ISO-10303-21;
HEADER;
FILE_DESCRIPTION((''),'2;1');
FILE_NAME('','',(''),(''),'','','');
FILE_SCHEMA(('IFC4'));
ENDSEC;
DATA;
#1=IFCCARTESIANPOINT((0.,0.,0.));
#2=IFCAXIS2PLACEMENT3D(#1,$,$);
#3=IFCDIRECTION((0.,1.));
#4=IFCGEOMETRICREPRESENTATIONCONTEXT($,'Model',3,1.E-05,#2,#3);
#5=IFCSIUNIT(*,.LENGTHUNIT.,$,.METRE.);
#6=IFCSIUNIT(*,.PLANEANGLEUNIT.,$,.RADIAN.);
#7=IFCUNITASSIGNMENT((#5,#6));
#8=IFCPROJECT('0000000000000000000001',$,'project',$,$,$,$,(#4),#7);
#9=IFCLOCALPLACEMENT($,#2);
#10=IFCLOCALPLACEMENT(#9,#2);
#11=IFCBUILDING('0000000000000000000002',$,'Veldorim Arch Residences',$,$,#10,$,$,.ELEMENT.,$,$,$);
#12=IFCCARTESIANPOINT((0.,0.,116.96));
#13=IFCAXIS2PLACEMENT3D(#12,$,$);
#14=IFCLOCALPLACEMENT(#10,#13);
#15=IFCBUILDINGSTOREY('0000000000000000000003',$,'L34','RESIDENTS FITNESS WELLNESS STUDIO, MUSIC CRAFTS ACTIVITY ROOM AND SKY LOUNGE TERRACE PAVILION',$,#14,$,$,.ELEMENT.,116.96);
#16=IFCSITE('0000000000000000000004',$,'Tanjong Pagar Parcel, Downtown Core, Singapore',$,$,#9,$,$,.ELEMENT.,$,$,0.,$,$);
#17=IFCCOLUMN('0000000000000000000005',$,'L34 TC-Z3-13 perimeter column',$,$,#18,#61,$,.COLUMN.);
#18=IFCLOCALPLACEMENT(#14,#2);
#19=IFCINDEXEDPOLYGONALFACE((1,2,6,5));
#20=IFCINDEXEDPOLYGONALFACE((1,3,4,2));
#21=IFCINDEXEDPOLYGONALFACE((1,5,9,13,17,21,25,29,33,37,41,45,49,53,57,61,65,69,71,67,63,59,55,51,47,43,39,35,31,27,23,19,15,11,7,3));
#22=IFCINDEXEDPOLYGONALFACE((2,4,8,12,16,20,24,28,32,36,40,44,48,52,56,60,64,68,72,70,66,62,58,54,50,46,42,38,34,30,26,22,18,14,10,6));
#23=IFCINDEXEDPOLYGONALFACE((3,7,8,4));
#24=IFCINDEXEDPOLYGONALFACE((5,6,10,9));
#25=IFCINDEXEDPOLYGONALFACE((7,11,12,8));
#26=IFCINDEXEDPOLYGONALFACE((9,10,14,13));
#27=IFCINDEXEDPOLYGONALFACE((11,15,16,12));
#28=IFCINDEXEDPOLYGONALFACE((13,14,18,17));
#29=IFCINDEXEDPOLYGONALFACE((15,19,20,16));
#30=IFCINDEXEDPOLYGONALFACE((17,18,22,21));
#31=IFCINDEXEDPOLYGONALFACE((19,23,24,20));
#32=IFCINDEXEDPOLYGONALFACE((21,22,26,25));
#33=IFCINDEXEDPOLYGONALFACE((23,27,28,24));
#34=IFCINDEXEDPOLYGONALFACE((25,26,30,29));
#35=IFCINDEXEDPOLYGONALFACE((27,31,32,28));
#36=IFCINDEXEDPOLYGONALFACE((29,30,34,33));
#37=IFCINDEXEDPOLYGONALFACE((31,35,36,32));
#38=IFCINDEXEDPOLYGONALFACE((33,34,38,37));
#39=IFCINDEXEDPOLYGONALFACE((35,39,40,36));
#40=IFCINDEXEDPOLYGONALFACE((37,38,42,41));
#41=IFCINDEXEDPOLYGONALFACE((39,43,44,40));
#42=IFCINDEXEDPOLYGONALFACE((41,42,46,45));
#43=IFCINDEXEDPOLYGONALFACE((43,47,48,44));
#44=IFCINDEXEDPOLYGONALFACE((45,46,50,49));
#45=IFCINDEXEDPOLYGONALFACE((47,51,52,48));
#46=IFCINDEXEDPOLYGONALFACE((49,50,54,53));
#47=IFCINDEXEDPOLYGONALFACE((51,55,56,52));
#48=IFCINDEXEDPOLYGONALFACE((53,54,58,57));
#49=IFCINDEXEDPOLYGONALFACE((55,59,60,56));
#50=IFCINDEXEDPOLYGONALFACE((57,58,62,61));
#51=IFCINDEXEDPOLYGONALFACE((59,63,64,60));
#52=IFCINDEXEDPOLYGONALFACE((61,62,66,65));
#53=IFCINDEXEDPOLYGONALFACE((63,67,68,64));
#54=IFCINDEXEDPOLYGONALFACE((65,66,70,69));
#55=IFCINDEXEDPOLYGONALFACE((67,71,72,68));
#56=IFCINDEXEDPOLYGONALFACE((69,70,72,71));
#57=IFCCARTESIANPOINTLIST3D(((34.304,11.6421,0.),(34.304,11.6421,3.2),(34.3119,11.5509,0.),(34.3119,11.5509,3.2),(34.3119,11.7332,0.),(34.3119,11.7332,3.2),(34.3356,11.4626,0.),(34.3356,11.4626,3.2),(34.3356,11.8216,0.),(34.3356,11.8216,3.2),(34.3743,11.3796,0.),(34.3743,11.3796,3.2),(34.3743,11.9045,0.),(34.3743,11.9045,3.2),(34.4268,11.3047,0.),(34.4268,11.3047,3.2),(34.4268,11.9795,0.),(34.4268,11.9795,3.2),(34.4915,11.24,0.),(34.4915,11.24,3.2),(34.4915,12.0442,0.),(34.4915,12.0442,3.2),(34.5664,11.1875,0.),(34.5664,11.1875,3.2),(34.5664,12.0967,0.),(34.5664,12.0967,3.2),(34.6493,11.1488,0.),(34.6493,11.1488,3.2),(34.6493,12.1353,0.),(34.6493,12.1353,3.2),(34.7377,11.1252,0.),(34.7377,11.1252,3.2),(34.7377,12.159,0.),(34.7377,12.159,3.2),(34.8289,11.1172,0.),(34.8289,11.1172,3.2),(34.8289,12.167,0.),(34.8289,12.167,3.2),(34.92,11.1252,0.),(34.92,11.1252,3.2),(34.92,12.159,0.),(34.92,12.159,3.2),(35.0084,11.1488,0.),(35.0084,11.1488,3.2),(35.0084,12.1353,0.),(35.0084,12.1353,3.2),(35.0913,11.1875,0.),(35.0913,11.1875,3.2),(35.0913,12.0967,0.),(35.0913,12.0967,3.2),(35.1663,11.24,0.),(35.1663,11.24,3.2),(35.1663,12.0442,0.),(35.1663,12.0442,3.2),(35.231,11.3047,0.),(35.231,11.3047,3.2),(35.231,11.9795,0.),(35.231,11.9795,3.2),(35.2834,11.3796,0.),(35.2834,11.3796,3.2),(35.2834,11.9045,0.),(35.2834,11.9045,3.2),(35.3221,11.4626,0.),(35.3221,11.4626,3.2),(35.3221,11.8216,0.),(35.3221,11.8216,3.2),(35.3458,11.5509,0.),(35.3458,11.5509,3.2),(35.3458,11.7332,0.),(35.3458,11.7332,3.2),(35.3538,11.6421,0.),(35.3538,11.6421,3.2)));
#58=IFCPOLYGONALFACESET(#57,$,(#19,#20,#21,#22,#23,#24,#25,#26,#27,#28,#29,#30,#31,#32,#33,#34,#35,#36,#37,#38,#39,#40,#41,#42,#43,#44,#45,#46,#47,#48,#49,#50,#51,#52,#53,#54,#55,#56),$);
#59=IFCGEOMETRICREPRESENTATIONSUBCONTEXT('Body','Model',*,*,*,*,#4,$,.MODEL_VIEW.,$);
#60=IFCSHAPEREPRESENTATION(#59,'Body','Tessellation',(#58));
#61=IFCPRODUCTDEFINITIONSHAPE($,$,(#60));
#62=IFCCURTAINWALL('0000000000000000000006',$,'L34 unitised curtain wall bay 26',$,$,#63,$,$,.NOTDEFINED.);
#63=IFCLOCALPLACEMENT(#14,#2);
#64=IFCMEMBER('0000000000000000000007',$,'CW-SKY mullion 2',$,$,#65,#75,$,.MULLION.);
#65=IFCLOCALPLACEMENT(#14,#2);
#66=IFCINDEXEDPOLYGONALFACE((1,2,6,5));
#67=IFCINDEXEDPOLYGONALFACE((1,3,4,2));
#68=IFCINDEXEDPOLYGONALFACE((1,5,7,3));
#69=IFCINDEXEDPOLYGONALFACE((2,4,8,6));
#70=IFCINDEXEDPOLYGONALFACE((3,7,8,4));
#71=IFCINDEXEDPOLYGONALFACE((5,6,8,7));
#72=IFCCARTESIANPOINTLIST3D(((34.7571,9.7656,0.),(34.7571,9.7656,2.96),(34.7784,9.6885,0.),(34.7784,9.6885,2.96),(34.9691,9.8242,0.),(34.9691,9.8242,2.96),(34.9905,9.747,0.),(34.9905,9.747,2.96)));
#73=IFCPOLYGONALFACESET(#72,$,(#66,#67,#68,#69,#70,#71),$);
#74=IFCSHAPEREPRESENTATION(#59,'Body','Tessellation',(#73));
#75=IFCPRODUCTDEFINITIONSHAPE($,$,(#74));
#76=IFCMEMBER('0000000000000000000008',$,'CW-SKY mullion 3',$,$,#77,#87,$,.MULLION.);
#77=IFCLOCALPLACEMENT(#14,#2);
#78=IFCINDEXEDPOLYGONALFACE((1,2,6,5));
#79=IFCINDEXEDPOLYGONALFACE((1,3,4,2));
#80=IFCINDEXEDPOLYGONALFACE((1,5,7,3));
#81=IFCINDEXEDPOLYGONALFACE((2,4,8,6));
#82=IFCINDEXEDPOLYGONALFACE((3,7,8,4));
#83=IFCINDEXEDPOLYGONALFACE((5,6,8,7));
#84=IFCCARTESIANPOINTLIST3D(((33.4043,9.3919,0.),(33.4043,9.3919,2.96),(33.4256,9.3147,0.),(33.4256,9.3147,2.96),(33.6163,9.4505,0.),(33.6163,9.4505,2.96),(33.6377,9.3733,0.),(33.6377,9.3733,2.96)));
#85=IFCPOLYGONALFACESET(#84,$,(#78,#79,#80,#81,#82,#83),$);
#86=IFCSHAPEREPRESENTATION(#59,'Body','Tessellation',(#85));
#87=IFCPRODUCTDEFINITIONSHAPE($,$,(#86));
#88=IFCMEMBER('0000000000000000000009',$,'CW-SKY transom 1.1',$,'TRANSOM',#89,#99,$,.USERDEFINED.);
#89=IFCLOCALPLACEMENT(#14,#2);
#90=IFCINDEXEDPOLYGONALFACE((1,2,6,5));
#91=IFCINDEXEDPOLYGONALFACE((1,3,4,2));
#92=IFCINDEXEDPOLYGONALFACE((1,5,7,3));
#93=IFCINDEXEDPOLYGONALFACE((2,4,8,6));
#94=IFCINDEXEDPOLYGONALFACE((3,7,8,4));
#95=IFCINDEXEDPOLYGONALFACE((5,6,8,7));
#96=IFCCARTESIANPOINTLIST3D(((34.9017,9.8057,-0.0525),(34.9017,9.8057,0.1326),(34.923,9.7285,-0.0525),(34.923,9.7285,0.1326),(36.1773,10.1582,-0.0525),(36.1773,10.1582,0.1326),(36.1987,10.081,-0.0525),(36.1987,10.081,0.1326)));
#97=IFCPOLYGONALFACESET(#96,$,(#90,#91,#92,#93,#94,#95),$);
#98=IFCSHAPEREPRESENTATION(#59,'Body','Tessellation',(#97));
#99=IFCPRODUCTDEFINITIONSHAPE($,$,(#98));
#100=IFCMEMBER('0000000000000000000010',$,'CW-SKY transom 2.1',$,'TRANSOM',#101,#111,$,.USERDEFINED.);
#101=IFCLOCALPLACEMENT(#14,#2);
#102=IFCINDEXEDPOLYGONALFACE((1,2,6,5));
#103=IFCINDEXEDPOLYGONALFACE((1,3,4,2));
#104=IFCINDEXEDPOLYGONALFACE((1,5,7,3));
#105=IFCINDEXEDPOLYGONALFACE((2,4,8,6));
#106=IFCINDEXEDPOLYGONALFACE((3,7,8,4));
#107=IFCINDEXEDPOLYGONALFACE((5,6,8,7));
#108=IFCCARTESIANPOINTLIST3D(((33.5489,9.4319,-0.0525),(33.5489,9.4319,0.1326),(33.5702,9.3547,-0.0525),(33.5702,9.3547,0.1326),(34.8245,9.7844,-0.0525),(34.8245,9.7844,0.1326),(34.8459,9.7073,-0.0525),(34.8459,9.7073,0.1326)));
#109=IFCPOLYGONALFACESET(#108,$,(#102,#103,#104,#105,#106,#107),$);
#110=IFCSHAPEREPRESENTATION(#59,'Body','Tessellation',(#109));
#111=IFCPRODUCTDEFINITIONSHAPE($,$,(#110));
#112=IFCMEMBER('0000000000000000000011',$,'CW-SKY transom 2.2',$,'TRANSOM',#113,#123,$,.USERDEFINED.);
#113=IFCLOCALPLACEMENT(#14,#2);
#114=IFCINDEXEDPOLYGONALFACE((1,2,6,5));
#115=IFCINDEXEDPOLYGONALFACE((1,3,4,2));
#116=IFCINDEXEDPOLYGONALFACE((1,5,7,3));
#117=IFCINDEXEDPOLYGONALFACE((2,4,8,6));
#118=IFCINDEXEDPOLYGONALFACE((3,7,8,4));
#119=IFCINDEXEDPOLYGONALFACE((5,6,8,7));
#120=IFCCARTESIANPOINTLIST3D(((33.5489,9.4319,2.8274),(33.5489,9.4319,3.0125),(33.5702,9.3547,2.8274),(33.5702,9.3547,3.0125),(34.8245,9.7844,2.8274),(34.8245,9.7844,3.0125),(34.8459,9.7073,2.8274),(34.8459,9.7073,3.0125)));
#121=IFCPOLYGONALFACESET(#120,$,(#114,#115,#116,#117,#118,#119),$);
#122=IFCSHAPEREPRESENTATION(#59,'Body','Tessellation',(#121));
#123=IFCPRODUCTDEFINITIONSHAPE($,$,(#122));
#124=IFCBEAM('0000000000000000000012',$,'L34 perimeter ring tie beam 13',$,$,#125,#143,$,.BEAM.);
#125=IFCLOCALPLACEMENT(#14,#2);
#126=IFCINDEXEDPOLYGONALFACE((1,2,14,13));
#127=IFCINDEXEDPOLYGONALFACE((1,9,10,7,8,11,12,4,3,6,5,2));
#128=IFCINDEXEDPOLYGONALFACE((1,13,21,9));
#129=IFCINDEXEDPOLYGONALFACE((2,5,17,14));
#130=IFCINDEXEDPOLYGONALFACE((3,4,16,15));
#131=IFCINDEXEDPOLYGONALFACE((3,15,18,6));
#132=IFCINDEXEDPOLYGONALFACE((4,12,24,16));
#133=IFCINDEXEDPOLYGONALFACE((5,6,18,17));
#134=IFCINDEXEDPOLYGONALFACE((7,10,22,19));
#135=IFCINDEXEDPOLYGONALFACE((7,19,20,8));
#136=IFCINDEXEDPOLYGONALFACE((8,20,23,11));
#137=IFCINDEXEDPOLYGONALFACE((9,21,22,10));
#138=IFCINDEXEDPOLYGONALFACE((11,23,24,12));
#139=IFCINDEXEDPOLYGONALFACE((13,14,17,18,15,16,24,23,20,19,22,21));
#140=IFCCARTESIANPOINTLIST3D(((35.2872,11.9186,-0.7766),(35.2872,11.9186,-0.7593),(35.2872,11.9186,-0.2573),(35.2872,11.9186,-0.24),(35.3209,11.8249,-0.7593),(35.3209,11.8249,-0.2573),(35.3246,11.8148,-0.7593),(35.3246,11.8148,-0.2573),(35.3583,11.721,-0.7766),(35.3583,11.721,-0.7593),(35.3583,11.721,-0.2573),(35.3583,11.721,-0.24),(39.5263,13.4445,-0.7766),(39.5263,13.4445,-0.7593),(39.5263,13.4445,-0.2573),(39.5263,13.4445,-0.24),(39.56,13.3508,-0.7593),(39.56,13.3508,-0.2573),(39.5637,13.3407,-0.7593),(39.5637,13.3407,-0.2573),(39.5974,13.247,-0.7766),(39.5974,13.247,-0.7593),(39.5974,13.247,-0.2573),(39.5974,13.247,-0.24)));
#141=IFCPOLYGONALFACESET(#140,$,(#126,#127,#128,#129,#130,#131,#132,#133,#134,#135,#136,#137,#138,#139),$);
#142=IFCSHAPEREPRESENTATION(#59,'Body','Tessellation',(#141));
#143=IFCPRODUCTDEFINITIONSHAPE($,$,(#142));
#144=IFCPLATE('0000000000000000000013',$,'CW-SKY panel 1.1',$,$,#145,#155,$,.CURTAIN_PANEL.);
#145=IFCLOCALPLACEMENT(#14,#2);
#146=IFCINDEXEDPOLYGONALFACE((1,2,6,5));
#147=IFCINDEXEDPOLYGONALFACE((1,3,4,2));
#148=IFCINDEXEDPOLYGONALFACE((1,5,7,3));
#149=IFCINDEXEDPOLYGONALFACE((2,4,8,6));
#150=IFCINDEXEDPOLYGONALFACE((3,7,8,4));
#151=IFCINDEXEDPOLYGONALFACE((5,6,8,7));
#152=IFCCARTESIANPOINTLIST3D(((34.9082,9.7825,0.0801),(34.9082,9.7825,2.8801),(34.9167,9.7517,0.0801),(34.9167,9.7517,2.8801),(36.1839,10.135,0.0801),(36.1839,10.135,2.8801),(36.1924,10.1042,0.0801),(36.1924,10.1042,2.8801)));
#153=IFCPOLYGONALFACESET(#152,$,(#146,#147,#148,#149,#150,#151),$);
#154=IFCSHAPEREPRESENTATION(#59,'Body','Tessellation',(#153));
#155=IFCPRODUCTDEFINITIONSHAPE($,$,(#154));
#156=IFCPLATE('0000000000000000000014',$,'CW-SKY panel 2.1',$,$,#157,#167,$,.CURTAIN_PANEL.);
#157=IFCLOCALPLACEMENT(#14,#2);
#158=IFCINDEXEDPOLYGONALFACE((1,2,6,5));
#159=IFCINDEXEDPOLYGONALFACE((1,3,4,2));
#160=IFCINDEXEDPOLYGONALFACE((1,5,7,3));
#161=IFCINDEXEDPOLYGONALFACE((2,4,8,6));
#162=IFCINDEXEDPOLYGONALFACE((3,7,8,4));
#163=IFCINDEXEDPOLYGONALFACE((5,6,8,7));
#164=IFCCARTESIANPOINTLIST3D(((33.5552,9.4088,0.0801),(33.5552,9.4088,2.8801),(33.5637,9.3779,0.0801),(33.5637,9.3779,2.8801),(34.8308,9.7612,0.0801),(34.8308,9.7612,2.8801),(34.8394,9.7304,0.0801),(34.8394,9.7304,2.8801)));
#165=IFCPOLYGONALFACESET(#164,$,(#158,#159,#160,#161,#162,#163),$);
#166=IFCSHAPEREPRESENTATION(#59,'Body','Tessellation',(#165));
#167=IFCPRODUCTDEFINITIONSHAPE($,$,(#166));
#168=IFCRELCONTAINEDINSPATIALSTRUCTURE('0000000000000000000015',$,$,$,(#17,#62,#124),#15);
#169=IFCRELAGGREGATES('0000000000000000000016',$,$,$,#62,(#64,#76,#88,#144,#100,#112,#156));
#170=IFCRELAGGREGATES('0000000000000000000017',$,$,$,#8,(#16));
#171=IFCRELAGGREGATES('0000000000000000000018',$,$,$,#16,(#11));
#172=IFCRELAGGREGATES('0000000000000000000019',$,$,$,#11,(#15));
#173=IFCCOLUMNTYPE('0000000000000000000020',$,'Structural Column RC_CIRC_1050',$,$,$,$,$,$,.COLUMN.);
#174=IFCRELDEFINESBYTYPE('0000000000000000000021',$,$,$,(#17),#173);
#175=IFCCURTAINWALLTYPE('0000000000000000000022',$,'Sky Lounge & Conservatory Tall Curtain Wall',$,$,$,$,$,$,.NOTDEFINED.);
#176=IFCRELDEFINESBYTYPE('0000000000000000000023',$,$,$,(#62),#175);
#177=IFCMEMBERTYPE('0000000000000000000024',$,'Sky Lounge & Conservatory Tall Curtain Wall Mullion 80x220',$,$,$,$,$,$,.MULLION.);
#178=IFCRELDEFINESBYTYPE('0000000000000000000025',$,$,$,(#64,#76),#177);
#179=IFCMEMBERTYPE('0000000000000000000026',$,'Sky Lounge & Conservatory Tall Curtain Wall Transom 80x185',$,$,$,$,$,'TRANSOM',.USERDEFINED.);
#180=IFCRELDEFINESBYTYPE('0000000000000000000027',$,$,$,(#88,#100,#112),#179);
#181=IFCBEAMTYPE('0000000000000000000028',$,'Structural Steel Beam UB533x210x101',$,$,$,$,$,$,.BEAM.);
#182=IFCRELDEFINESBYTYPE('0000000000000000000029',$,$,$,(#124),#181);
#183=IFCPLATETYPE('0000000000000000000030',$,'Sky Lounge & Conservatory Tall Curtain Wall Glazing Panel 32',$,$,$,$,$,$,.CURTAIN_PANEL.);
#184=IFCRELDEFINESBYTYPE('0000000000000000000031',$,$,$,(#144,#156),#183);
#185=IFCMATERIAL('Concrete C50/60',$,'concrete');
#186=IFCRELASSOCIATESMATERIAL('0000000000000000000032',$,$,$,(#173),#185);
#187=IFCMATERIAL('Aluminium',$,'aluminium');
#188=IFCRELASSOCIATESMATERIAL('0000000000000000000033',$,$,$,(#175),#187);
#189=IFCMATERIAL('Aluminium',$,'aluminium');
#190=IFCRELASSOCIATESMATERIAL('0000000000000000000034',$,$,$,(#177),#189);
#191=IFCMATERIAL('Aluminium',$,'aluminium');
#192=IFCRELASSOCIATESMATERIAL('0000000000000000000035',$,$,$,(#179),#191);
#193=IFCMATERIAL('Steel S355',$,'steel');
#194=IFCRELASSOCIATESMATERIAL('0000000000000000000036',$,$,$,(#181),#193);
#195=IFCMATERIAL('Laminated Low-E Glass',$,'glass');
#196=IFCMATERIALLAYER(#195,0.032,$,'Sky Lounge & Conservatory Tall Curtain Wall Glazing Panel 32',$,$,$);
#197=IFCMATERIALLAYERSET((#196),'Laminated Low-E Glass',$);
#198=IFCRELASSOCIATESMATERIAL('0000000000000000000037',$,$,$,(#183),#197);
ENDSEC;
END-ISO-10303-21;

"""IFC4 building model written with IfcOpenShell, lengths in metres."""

from ifc_helpers import new_model, si_unit, direction, frame, origin, origin_2d, place, context, subcontext, project, spatial, rectangle, circle, i_section, extrude, material, layer, layer_set, material_profile, profile_set, type_object, element, aggregate, save


model = new_model("IFC4")

# Units and contexts
model_context = context("Model", 3, precision=1e-05, world=origin(), true_north=direction((0.0, 1.0)))
body_context = subcontext(model_context, "Body", "Model", "MODEL_VIEW")
ifc_project = project(units=[si_unit("LENGTHUNIT", "METRE"), si_unit("PLANEANGLEUNIT", "RADIAN")], contexts=[model_context])

# Site, building, storey
site_placement = place(None, origin())
site = spatial("IfcSite", under=ifc_project, at=site_placement, Name="Tanjong Pagar Parcel, Downtown Core, Singapore", CompositionType="ELEMENT", RefElevation=0.0)
building_placement = place(site_placement, origin())
building = spatial("IfcBuilding", under=site, at=building_placement, Name="Veldorim Arch Residences", CompositionType="ELEMENT")
storey_placement = place(building_placement, frame((0.0, 0.0, 116.96)))
storey = spatial("IfcBuildingStorey", under=building, at=storey_placement, Name="L34", Description="RESIDENTS FITNESS WELLNESS STUDIO, MUSIC CRAFTS ACTIVITY ROOM AND SKY LOUNGE TERRACE PAVILION", CompositionType="ELEMENT", Elevation=116.96)

# Column
ifc_material_1 = material(Name="Concrete C50/60", Category="concrete")
ifc_material_profile_1 = material_profile(ifc_material_1, circle(Radius=0.5249, at=origin_2d()), Name="RC_CIRC_1050")
ifc_profile_set_1 = profile_set([ifc_material_profile_1], Name="Concrete C50/60")
column_type = type_object("IfcColumnType", Name="Structural Column RC_CIRC_1050", PredefinedType="COLUMN", material=ifc_profile_set_1)
column_placement = place(storey_placement, frame((34.8289, 11.6421, 0.0), z_axis=(0.0, 0.0, 1.0), x_axis=(1.0, 0.0, 0.0)))
element("IfcColumn", 1, at=column_placement, inside=storey, type_object=column_type, Name="L34 TC-Z3-13 perimeter column", PredefinedType="COLUMN", context=body_context, shape_type="SweptSolid", body=[
    extrude(circle(Radius=0.5249, at=origin_2d()), origin(), (0.0, 0.0, 1.0), 3.2),
])

# Curtain wall, members
ifc_material_2 = material(Name="Aluminium", Category="aluminium")
curtain_wall_type = type_object("IfcCurtainWallType", Name="Sky Lounge & Conservatory Tall Curtain Wall", PredefinedType="NOTDEFINED", material=ifc_material_2)
curtain_wall_placement = place(storey_placement, origin())
curtain_wall = element("IfcCurtainWall", 2, at=curtain_wall_placement, inside=storey, type_object=curtain_wall_type, Name="L34 unitised curtain wall bay 26", PredefinedType="NOTDEFINED")
ifc_material_3 = material(Name="Aluminium", Category="aluminium")
ifc_material_profile_2 = material_profile(ifc_material_3, rectangle(XDim=0.0801, YDim=0.22, at=origin_2d()), Name="ALU_MUL_80x220")
ifc_profile_set_2 = profile_set([ifc_material_profile_2], Name="Aluminium")
member_type_1 = type_object("IfcMemberType", Name="Sky Lounge & Conservatory Tall Curtain Wall Mullion 80x220", PredefinedType="MULLION", material=ifc_profile_set_2)
member_1_placement = place(storey_placement, frame((34.8738, 9.7563, 0.0), z_axis=(0.0, 0.0, 1.0), x_axis=(0.266325, -0.963883, 0.0)))
member_1 = element("IfcMember", 3, at=member_1_placement, type_object=member_type_1, Name="CW-SKY mullion 2", PredefinedType="MULLION", context=body_context, shape_type="SweptSolid", body=[
    extrude(rectangle(XDim=0.0801, YDim=0.22, at=origin_2d()), origin(), (0.0, 0.0, 1.0), 2.96),
])
member_2_placement = place(storey_placement, frame((33.521, 9.3826, 0.0), z_axis=(0.0, 0.0, 1.0), x_axis=(0.266325, -0.963883, 0.0)))
member_2 = element("IfcMember", 4, at=member_2_placement, type_object=member_type_1, Name="CW-SKY mullion 3", PredefinedType="MULLION", context=body_context, shape_type="SweptSolid", body=[
    extrude(rectangle(XDim=0.0801, YDim=0.22, at=origin_2d()), origin(), (0.0, 0.0, 1.0), 2.96),
])
ifc_material_4 = material(Name="Aluminium", Category="aluminium")
ifc_material_profile_3 = material_profile(ifc_material_4, rectangle(XDim=0.0801, YDim=0.1851, at=origin_2d()), Name="ALU_TRN_80x185")
ifc_profile_set_3 = profile_set([ifc_material_profile_3], Name="Aluminium")
member_type_2 = type_object("IfcMemberType", Name="Sky Lounge & Conservatory Tall Curtain Wall Transom 80x185", ElementType="TRANSOM", PredefinedType="USERDEFINED", material=ifc_profile_set_3)
member_3_placement = place(storey_placement, frame((36.188, 10.1196, 0.04), z_axis=(-0.963869, -0.266378, 0.0), x_axis=(0.266378, -0.963869, 0.0)))
member_3 = element("IfcMember", 5, at=member_3_placement, type_object=member_type_2, Name="CW-SKY transom 1.1", ObjectType="TRANSOM", PredefinedType="USERDEFINED", context=body_context, shape_type="SweptSolid", body=[
    extrude(rectangle(XDim=0.0801, YDim=0.1851, at=origin_2d()), origin(), (0.0, 0.0, 1.0), 1.3235),
])
member_4_placement = place(storey_placement, frame((34.8352, 9.7458, 0.04), z_axis=(-0.963869, -0.266378, 0.0), x_axis=(0.266378, -0.963869, 0.0)))
member_4 = element("IfcMember", 6, at=member_4_placement, type_object=member_type_2, Name="CW-SKY transom 2.1", ObjectType="TRANSOM", PredefinedType="USERDEFINED", context=body_context, shape_type="SweptSolid", body=[
    extrude(rectangle(XDim=0.0801, YDim=0.1851, at=origin_2d()), origin(), (0.0, 0.0, 1.0), 1.3235),
])
member_5_placement = place(storey_placement, frame((34.8352, 9.7458, 2.9199), z_axis=(-0.963869, -0.266378, 0.0), x_axis=(0.266378, -0.963869, 0.0)))
member_5 = element("IfcMember", 7, at=member_5_placement, type_object=member_type_2, Name="CW-SKY transom 2.2", ObjectType="TRANSOM", PredefinedType="USERDEFINED", context=body_context, shape_type="SweptSolid", body=[
    extrude(rectangle(XDim=0.0801, YDim=0.1851, at=origin_2d()), origin(), (0.0, 0.0, 1.0), 1.3235),
])

# Beam
ifc_material_5 = material(Name="Steel S355", Category="steel")
ifc_material_profile_4 = material_profile(ifc_material_5, i_section(OverallWidth=0.21, OverallDepth=0.5366, WebThickness=0.0107, FlangeThickness=0.0173, at=origin_2d()), Name="UB533x210x101")
ifc_profile_set_4 = profile_set([ifc_material_profile_4], Name="Steel S355")
beam_type = type_object("IfcBeamType", Name="Structural Steel Beam UB533x210x101", PredefinedType="BEAM", material=ifc_profile_set_4)
beam_placement = place(storey_placement, frame((35.3228, 11.8198, -0.5083), z_axis=(0.940899, 0.338687, 0.0), x_axis=(-0.338687, 0.940899, 0.0)))
element("IfcBeam", 8, at=beam_placement, inside=storey, type_object=beam_type, Name="L34 perimeter ring tie beam 13", PredefinedType="BEAM", context=body_context, shape_type="SweptSolid", body=[
    extrude(i_section(OverallWidth=0.21, OverallDepth=0.5366, WebThickness=0.0107, FlangeThickness=0.0173, at=origin_2d()), origin(), (0.0, 0.0, 1.0), 4.5054),
])

# Plates
ifc_material_6 = material(Name="Laminated Low-E Glass", Category="glass")
ifc_layer_1 = layer(ifc_material_6, 0.032, Name="Sky Lounge & Conservatory Tall Curtain Wall Glazing Panel 32")
ifc_layer_set_1 = layer_set([ifc_layer_1], Name="Laminated Low-E Glass")
plate_type = type_object("IfcPlateType", Name="Sky Lounge & Conservatory Tall Curtain Wall Glazing Panel 32", PredefinedType="CURTAIN_PANEL", material=ifc_layer_set_1)
plate_1_placement = place(storey_placement, frame((35.5503, 9.9434, 0.0801), z_axis=(0.0, 0.0, 1.0), x_axis=(-0.963883, -0.266325, 0.0)))
plate_1 = element("IfcPlate", 9, at=plate_1_placement, type_object=plate_type, Name="CW-SKY panel 1.1", PredefinedType="CURTAIN_PANEL", context=body_context, shape_type="SweptSolid", body=[
    extrude(rectangle(XDim=1.3235, YDim=0.032, at=origin_2d()), origin(), (0.0, 0.0, 1.0), 2.8),
])
plate_2_placement = place(storey_placement, frame((34.1973, 9.5696, 0.0801), z_axis=(0.0, 0.0, 1.0), x_axis=(-0.963883, -0.266325, 0.0)))
plate_2 = element("IfcPlate", 10, at=plate_2_placement, type_object=plate_type, Name="CW-SKY panel 2.1", PredefinedType="CURTAIN_PANEL", context=body_context, shape_type="SweptSolid", body=[
    extrude(rectangle(XDim=1.3235, YDim=0.032, at=origin_2d()), origin(), (0.0, 0.0, 1.0), 2.8),
])
aggregate(curtain_wall, [member_1, member_2, member_3, plate_1, member_4, member_5, plate_2])

save(model, "model.ifc")
